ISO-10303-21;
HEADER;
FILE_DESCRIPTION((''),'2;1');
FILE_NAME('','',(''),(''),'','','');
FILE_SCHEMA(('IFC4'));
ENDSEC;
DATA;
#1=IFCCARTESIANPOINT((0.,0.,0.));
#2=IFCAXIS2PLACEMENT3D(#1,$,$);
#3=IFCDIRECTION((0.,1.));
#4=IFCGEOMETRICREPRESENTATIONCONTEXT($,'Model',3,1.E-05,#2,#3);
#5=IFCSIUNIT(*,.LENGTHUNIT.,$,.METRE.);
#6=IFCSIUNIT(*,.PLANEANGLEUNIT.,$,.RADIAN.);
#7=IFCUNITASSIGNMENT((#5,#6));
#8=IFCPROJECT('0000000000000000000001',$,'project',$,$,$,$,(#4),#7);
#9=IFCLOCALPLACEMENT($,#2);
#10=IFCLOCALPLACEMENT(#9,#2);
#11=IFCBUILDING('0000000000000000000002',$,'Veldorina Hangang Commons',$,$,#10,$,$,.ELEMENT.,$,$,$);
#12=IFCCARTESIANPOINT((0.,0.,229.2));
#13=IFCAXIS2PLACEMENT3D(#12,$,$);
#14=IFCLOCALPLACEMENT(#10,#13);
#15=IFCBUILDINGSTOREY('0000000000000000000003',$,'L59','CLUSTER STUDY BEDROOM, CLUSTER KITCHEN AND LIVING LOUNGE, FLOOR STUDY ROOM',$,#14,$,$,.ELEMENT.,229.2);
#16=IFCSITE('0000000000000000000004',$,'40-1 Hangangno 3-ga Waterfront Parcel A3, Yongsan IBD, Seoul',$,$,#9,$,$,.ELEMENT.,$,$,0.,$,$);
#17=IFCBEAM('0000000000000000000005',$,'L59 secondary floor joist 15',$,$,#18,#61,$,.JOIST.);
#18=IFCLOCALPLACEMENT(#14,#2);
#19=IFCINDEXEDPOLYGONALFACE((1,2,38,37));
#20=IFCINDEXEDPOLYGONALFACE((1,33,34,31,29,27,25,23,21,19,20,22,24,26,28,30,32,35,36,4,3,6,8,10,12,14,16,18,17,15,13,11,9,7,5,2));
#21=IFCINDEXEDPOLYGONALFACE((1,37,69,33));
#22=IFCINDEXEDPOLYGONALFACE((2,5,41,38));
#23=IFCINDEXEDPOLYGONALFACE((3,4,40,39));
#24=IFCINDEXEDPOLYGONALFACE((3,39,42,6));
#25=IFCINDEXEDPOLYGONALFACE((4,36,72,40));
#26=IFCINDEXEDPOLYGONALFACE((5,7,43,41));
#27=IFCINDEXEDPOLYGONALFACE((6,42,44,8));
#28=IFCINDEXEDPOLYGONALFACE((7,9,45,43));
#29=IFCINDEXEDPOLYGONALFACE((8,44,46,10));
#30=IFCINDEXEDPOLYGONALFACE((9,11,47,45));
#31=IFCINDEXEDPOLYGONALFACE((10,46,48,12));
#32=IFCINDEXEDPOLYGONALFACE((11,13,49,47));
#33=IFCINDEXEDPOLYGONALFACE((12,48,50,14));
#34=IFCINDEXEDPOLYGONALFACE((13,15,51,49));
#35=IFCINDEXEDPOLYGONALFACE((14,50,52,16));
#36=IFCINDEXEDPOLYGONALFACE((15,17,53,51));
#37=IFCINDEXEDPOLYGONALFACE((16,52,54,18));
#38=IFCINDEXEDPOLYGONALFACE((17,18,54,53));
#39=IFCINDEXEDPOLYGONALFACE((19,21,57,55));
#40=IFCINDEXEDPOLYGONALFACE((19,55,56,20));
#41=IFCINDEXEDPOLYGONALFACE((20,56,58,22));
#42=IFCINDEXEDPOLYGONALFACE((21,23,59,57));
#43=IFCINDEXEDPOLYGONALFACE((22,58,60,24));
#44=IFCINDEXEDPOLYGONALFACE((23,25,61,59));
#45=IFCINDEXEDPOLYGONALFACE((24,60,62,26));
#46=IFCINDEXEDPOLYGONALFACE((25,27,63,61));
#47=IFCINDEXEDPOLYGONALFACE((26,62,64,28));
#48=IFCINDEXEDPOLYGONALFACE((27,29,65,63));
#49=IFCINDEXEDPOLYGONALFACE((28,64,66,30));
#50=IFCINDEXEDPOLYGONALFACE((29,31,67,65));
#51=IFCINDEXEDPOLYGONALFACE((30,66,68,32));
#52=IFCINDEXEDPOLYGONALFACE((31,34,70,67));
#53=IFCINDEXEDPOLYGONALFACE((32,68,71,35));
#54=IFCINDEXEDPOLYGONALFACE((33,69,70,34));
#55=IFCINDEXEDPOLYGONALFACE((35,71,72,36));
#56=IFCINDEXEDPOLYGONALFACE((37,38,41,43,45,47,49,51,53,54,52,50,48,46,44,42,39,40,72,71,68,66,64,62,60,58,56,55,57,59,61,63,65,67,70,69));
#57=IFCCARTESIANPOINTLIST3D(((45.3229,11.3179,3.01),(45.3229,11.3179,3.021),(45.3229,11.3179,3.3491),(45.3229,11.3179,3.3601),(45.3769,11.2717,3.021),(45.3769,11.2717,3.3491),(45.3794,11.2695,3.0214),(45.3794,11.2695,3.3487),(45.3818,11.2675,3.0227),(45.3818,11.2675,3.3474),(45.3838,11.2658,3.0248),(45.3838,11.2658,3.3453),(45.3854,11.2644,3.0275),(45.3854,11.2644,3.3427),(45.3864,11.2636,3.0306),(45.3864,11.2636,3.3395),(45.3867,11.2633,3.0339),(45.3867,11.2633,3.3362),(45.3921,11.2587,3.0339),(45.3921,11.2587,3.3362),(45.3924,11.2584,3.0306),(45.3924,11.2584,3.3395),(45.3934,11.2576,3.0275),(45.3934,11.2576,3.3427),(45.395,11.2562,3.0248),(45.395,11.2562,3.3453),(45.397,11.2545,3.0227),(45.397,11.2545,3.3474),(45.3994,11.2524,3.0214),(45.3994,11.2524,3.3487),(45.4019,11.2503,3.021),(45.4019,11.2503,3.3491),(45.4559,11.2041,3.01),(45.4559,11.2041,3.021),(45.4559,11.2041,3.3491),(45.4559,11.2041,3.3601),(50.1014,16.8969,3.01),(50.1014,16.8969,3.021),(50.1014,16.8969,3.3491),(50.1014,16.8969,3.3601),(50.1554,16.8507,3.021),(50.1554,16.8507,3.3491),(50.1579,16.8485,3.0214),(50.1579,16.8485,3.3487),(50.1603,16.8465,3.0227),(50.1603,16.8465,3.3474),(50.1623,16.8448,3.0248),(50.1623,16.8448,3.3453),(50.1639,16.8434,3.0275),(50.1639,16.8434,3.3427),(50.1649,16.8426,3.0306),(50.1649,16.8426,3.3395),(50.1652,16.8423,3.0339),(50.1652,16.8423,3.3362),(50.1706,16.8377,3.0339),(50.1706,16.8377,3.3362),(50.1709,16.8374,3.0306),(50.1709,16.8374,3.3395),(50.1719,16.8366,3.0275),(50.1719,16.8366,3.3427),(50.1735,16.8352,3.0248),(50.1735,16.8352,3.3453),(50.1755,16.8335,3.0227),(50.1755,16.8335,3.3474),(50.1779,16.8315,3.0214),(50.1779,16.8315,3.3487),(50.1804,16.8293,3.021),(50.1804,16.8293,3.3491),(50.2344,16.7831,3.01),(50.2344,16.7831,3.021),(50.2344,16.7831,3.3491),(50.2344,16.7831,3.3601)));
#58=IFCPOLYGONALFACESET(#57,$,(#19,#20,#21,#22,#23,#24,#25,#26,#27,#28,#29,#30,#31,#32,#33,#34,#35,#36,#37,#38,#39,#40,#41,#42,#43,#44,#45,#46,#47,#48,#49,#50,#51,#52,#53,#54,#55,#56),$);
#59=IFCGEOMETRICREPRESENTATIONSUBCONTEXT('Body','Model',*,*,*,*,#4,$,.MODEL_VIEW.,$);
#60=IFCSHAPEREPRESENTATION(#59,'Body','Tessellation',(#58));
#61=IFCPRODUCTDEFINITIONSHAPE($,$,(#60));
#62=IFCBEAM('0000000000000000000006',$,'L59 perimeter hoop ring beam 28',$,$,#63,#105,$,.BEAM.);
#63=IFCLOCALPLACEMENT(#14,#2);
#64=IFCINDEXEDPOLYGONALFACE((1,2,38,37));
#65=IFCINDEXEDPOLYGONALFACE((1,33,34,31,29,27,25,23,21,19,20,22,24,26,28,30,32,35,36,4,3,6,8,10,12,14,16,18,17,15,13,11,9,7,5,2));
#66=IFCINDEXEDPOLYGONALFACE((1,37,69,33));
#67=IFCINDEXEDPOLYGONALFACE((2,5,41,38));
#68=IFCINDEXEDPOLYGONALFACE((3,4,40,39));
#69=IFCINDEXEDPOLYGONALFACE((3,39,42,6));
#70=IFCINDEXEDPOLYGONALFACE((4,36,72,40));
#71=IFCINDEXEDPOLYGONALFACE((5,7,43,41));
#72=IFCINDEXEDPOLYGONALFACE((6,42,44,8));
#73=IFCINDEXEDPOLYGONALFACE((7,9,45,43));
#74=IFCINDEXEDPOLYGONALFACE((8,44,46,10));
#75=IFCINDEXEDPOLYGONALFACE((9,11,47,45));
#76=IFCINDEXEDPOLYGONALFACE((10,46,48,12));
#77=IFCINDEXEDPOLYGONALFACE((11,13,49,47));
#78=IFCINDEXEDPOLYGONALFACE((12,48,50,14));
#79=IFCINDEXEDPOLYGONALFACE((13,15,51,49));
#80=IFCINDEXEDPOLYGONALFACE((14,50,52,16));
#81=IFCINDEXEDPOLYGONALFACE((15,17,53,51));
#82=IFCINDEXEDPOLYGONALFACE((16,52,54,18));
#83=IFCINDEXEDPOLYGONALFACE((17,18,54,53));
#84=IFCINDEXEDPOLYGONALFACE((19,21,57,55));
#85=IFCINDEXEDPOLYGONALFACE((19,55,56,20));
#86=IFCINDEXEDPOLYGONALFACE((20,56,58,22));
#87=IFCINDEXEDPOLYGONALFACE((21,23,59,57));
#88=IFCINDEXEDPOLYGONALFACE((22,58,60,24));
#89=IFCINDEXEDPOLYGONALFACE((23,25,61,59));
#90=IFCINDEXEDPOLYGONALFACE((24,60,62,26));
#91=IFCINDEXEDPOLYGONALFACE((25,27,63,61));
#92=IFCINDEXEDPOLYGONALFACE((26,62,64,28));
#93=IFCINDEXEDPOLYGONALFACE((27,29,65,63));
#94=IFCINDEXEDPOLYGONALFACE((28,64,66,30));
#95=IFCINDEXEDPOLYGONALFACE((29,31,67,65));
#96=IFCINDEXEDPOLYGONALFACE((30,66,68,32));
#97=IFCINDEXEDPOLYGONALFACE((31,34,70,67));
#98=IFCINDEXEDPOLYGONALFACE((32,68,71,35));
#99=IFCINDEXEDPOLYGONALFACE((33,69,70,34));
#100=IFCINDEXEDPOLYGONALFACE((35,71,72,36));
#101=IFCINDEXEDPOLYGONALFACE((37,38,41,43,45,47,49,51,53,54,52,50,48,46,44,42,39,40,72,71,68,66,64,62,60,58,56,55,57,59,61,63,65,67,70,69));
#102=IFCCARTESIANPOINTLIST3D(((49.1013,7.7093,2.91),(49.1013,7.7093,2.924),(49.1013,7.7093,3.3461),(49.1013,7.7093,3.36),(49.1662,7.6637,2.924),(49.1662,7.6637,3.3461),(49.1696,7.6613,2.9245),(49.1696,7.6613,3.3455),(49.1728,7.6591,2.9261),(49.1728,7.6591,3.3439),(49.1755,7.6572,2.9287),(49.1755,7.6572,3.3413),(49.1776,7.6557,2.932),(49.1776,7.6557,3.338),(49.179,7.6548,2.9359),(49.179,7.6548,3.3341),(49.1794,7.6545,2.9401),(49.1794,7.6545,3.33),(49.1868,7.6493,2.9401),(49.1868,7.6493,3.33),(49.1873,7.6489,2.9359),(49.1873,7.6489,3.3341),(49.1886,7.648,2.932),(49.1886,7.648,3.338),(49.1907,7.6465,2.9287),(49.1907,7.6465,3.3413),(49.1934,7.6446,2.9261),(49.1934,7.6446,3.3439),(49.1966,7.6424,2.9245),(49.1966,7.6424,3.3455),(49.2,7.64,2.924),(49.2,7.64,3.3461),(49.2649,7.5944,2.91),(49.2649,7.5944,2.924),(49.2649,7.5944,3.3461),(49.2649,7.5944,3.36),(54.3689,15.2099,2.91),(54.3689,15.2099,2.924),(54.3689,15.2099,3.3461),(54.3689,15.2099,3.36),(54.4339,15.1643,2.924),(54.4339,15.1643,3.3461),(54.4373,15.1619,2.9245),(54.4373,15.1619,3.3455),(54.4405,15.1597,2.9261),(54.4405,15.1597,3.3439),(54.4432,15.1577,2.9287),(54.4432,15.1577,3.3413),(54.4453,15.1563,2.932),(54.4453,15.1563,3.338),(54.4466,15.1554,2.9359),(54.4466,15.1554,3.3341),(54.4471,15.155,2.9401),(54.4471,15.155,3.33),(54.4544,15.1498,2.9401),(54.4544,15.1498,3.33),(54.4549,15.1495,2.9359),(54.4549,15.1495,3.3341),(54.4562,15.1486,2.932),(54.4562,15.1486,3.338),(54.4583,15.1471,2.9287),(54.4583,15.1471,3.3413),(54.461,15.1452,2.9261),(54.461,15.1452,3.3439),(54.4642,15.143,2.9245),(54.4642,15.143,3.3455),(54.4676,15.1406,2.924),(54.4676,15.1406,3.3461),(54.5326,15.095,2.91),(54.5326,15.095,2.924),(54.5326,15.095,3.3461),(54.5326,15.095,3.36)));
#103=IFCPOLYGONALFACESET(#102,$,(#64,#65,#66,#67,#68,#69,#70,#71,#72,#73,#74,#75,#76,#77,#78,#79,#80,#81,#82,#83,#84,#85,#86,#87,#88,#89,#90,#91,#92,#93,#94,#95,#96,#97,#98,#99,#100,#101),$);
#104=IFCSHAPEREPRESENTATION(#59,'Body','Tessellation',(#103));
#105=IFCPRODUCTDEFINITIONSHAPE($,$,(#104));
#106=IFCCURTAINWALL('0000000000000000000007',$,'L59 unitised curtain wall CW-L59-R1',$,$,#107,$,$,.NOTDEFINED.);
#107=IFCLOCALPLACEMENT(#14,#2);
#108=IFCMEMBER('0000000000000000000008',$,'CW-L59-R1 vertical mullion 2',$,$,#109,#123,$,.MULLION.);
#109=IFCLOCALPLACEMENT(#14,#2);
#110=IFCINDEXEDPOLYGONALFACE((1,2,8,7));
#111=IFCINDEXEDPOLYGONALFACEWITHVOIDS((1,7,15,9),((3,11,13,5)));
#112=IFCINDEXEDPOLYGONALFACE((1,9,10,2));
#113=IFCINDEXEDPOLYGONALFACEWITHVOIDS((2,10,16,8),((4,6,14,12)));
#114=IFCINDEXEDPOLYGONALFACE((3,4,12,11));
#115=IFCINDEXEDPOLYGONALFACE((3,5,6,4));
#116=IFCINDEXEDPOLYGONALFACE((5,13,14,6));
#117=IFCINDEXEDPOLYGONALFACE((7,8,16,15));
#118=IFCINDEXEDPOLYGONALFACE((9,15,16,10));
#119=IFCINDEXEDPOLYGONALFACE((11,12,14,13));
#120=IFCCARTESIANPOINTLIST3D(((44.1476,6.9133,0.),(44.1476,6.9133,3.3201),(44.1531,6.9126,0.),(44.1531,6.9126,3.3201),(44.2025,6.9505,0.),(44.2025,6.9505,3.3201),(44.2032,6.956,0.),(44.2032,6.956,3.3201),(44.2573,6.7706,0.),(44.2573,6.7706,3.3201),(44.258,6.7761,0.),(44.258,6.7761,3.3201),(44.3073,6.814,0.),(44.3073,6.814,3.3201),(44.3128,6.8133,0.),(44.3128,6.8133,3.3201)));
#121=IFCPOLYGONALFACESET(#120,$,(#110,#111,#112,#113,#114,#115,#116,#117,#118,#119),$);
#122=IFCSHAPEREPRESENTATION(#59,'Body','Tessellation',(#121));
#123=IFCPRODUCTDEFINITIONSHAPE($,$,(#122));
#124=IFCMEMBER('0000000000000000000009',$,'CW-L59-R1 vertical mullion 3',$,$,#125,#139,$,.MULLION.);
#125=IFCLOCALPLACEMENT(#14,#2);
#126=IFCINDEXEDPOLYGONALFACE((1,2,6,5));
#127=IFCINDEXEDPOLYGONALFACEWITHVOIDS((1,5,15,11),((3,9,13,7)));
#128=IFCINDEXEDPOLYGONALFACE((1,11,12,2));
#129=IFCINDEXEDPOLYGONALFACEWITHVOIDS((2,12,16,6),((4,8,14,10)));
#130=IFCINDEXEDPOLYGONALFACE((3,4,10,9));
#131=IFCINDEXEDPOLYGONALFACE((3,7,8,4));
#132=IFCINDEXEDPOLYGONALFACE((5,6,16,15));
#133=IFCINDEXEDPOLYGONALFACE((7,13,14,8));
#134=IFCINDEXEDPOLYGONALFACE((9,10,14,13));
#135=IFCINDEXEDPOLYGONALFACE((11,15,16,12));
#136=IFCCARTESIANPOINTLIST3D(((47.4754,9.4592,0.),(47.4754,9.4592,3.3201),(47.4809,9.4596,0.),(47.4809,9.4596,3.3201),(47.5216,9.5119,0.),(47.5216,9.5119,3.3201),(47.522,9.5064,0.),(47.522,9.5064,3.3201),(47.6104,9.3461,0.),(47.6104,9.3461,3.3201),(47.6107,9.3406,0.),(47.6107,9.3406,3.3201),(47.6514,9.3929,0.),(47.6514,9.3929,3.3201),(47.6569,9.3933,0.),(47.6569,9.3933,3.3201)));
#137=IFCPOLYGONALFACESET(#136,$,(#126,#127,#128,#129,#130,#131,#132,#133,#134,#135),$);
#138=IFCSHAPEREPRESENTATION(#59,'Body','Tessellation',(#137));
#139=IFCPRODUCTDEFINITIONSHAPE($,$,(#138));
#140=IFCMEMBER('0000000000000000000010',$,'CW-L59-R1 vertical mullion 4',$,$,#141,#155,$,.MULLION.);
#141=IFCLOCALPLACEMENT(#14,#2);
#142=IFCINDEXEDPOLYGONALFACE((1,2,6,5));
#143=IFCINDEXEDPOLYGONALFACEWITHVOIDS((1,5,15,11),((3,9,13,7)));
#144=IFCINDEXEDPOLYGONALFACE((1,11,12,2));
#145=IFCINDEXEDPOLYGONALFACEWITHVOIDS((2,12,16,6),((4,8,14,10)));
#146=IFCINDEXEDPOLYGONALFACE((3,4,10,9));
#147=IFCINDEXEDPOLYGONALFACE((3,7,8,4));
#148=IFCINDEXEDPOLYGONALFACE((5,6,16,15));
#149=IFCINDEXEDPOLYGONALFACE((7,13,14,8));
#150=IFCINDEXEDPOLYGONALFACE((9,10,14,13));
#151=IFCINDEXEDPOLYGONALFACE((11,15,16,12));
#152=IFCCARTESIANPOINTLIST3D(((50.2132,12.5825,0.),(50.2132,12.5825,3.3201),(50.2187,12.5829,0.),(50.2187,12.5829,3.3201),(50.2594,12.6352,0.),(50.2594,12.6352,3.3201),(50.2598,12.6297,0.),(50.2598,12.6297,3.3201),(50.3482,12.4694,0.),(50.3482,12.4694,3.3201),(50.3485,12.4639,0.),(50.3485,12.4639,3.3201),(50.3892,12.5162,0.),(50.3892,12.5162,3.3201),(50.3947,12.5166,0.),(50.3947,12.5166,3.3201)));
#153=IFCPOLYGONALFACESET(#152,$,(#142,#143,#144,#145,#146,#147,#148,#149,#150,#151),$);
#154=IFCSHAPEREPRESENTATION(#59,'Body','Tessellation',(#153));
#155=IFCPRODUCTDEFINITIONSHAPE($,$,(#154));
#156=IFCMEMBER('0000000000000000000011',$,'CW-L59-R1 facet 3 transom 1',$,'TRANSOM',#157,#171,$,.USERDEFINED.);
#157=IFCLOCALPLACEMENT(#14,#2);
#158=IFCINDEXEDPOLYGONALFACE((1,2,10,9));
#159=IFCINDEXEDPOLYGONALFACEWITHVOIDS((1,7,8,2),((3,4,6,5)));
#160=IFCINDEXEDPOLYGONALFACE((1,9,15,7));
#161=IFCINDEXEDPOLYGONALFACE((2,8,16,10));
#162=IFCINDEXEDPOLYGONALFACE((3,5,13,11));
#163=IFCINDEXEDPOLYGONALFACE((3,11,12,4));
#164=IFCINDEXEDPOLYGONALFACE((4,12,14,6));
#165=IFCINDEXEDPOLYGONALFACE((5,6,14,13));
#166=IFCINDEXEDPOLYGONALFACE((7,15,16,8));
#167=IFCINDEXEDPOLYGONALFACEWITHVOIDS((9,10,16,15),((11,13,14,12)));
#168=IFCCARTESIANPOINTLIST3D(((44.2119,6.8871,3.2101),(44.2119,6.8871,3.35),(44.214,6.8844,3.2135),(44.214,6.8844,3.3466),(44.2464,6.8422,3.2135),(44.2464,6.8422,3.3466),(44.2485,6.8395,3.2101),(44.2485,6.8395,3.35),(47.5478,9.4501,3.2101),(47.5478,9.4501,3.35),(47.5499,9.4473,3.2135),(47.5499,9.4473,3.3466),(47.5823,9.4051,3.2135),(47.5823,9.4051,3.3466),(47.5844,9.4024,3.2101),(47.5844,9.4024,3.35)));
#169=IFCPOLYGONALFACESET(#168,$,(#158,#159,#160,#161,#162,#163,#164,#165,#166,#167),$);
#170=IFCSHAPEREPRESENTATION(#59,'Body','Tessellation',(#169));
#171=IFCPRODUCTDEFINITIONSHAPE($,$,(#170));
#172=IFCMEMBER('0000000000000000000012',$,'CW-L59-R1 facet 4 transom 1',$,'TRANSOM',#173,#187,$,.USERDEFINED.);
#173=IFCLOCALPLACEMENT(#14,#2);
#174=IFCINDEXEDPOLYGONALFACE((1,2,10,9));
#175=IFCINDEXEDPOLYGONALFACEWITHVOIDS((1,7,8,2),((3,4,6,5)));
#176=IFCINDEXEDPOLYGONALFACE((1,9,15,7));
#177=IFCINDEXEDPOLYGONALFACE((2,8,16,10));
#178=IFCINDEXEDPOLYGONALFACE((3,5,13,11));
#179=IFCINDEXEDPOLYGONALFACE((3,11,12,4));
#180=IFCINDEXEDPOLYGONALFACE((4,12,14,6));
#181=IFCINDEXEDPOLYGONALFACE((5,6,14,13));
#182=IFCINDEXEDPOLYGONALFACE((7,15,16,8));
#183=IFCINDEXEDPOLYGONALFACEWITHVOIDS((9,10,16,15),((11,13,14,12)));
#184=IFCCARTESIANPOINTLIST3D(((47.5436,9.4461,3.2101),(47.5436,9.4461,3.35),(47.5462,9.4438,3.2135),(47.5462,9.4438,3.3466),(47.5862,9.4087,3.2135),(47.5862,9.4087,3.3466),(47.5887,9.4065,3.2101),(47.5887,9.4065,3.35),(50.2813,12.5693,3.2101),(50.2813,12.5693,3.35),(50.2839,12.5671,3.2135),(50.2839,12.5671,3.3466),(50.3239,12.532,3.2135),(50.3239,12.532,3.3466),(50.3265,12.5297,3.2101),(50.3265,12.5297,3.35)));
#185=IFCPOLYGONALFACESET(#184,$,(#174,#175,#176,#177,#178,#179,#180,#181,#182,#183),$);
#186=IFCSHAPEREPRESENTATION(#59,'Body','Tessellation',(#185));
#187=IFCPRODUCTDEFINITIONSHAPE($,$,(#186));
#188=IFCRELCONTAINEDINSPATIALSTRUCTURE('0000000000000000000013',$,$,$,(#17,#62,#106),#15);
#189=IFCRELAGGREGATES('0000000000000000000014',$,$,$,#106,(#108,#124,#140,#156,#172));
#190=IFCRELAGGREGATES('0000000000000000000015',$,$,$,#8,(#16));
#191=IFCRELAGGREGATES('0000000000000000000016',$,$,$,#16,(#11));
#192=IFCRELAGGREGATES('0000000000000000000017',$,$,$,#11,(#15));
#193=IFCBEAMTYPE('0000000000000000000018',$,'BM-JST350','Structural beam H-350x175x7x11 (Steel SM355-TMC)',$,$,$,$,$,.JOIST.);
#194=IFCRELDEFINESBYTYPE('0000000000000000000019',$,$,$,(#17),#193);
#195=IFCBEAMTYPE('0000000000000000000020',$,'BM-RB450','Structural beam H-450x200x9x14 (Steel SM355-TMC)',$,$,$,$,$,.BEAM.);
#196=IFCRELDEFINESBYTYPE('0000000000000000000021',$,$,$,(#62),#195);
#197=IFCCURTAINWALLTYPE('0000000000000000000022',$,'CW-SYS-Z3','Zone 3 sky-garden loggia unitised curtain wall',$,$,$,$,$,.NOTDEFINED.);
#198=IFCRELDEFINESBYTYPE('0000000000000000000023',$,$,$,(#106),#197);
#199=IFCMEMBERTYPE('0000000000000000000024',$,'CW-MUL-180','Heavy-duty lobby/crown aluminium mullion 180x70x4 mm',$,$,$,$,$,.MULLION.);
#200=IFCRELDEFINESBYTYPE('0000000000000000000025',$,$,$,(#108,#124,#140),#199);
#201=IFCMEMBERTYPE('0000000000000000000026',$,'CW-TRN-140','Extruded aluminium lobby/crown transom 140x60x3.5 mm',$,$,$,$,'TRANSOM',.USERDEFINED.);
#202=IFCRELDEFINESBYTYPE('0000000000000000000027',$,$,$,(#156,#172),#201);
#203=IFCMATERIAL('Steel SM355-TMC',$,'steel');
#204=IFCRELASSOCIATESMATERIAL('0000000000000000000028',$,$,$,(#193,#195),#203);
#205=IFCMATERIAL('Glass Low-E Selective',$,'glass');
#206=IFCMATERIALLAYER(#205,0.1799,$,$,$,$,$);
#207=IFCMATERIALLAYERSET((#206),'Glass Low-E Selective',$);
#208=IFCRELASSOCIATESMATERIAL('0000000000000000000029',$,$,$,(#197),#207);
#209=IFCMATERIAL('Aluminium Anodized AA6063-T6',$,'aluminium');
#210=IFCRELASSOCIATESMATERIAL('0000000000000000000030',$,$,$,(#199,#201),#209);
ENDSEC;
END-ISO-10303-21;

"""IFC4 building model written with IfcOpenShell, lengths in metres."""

from ifc_helpers import new_model, si_unit, direction, frame, origin, origin_2d, place, context, subcontext, project, spatial, hollow_rectangle, i_section, extrude, material, layer, layer_set, material_profile, profile_set, type_object, element, aggregate, save


model = new_model("IFC4")

# Units and contexts
model_context = context("Model", 3, precision=1e-05, world=origin(), true_north=direction((0.0, 1.0)))
body_context = subcontext(model_context, "Body", "Model", "MODEL_VIEW")
ifc_project = project(units=[si_unit("LENGTHUNIT", "METRE"), si_unit("PLANEANGLEUNIT", "RADIAN")], contexts=[model_context])

# Site, building, storey
site_placement = place(None, origin())
site = spatial("IfcSite", under=ifc_project, at=site_placement, Name="40-1 Hangangno 3-ga Waterfront Parcel A3, Yongsan IBD, Seoul", CompositionType="ELEMENT", RefElevation=0.0)
building_placement = place(site_placement, origin())
building = spatial("IfcBuilding", under=site, at=building_placement, Name="Veldorina Hangang Commons", CompositionType="ELEMENT")
storey_placement = place(building_placement, frame((0.0, 0.0, 229.2)))
storey = spatial("IfcBuildingStorey", under=building, at=storey_placement, Name="L59", Description="CLUSTER STUDY BEDROOM, CLUSTER KITCHEN AND LIVING LOUNGE, FLOOR STUDY ROOM", CompositionType="ELEMENT", Elevation=229.2)

# Beams
ifc_material_1 = material(Name="Steel SM355-TMC", Category="steel")
ifc_material_profile_1 = material_profile(ifc_material_1, i_section(OverallWidth=0.175, OverallDepth=0.3501, WebThickness=0.0071, FlangeThickness=0.011, FilletRadius=0.0129, at=origin_2d()), Name="H-350x175x7x11")
ifc_profile_set_1 = profile_set([ifc_material_profile_1], Name="Steel SM355-TMC")
beam_type_1 = type_object("IfcBeamType", Name="BM-JST350", Description="Structural beam H-350x175x7x11 (Steel SM355-TMC)", PredefinedType="JOIST", material=ifc_profile_set_1)
beam_1_placement = place(storey_placement, frame((45.3894, 11.261, 3.1851), z_axis=(0.650515, 0.759494, 0.0), x_axis=(-0.759494, 0.650515, 0.0)))
element("IfcBeam", 1, at=beam_1_placement, inside=storey, type_object=beam_type_1, Name="L59 secondary floor joist 15", PredefinedType="JOIST", context=body_context, shape_type="SweptSolid", body=[
    extrude(i_section(OverallWidth=0.175, OverallDepth=0.3501, WebThickness=0.0071, FlangeThickness=0.011, FilletRadius=0.0129, at=origin_2d()), origin(), (0.0, 0.0, 1.0), 7.3457),
])
ifc_material_profile_2 = material_profile(ifc_material_1, i_section(OverallWidth=0.2, OverallDepth=0.45, WebThickness=0.009, FlangeThickness=0.0139, FilletRadius=0.0161, at=origin_2d()), Name="H-450x200x9x14")
ifc_profile_set_2 = profile_set([ifc_material_profile_2], Name="Steel SM355-TMC")
beam_type_2 = type_object("IfcBeamType", Name="BM-RB450", Description="Structural beam H-450x200x9x14 (Steel SM355-TMC)", PredefinedType="BEAM", material=ifc_profile_set_2)
beam_2_placement = place(storey_placement, frame((49.1831, 7.6519, 3.135), z_axis=(0.574724, 0.818347, 0.0), x_axis=(-0.818347, 0.574724, 0.0)))
element("IfcBeam", 2, at=beam_2_placement, inside=storey, type_object=beam_type_2, Name="L59 perimeter hoop ring beam 28", PredefinedType="BEAM", context=body_context, shape_type="SweptSolid", body=[
    extrude(i_section(OverallWidth=0.2, OverallDepth=0.45, WebThickness=0.009, FlangeThickness=0.0139, FilletRadius=0.0161, at=origin_2d()), origin(), (0.0, 0.0, 1.0), 9.1655),
])

# Curtain wall, members
ifc_material_2 = material(Name="Glass Low-E Selective", Category="glass")
ifc_layer_1 = layer(ifc_material_2, 0.1799)
ifc_layer_set_1 = layer_set([ifc_layer_1], Name="Glass Low-E Selective")
curtain_wall_type = type_object("IfcCurtainWallType", Name="CW-SYS-Z3", Description="Zone 3 sky-garden loggia unitised curtain wall", PredefinedType="NOTDEFINED", material=ifc_layer_set_1)
curtain_wall_placement = place(storey_placement, origin())
curtain_wall = element("IfcCurtainWall", 3, at=curtain_wall_placement, inside=storey, type_object=curtain_wall_type, Name="L59 unitised curtain wall CW-L59-R1", PredefinedType="NOTDEFINED")
ifc_material_3 = material(Name="Aluminium Anodized AA6063-T6", Category="aluminium")
ifc_material_profile_3 = material_profile(ifc_material_3, hollow_rectangle(XDim=0.0701, YDim=0.1799, WallThickness=0.0039, at=origin_2d()), Name="ALU-RHS-180x70x4")
ifc_profile_set_3 = profile_set([ifc_material_profile_3], Name="Aluminium Anodized AA6063-T6")
member_type_1 = type_object("IfcMemberType", Name="CW-MUL-180", Description="Heavy-duty lobby/crown aluminium mullion 180x70x4 mm", PredefinedType="MULLION", material=ifc_profile_set_3)
member_1_placement = place(storey_placement, frame((44.2302, 6.8633, 0.0), z_axis=(0.0, 0.0, 1.0), x_axis=(0.792971, 0.60926, 0.0)))
member_1 = element("IfcMember", 4, at=member_1_placement, type_object=member_type_1, Name="CW-L59-R1 vertical mullion 2", PredefinedType="MULLION", context=body_context, shape_type="SweptSolid", body=[
    extrude(hollow_rectangle(XDim=0.0701, YDim=0.1799, WallThickness=0.0039, at=origin_2d()), origin(), (0.0, 0.0, 1.0), 3.3201),
])
member_2_placement = place(storey_placement, frame((47.5662, 9.4263, 0.0), z_axis=(0.0, 0.0, 1.0), x_axis=(0.659188, 0.751978, 0.0)))
member_2 = element("IfcMember", 5, at=member_2_placement, type_object=member_type_1, Name="CW-L59-R1 vertical mullion 3", PredefinedType="MULLION", context=body_context, shape_type="SweptSolid", body=[
    extrude(hollow_rectangle(XDim=0.0701, YDim=0.1799, WallThickness=0.0039, at=origin_2d()), origin(), (0.0, 0.0, 1.0), 3.3201),
])
member_3_placement = place(storey_placement, frame((50.304, 12.5496, 0.0), z_axis=(0.0, 0.0, 1.0), x_axis=(-0.659188, -0.751978, 0.0)))
member_3 = element("IfcMember", 6, at=member_3_placement, type_object=member_type_1, Name="CW-L59-R1 vertical mullion 4", PredefinedType="MULLION", context=body_context, shape_type="SweptSolid", body=[
    extrude(hollow_rectangle(XDim=0.0701, YDim=0.1799, WallThickness=0.0039, at=origin_2d()), origin(), (0.0, 0.0, 1.0), 3.3201),
])
ifc_material_profile_4 = material_profile(ifc_material_3, hollow_rectangle(XDim=0.0601, YDim=0.1399, WallThickness=0.0034, at=origin_2d()), Name="ALU-RHS-140x60x3.5")
ifc_profile_set_4 = profile_set([ifc_material_profile_4], Name="Aluminium Anodized AA6063-T6")
member_type_2 = type_object("IfcMemberType", Name="CW-TRN-140", Description="Extruded aluminium lobby/crown transom 140x60x3.5 mm", ElementType="TRANSOM", PredefinedType="USERDEFINED", material=ifc_profile_set_4)
member_4_placement = place(storey_placement, frame((44.2302, 6.8633, 3.28), z_axis=(0.792982, 0.609245, 0.0), x_axis=(-0.609245, 0.792982, 0.0)))
member_4 = element("IfcMember", 7, at=member_4_placement, type_object=member_type_2, Name="CW-L59-R1 facet 3 transom 1", ObjectType="TRANSOM", PredefinedType="USERDEFINED", context=body_context, shape_type="SweptSolid", body=[
    extrude(hollow_rectangle(XDim=0.0601, YDim=0.1399, WallThickness=0.0034, at=origin_2d()), origin(), (0.0, 0.0, 1.0), 4.2068),
])
member_5_placement = place(storey_placement, frame((47.5662, 9.4263, 3.28), z_axis=(0.659174, 0.75199, 0.0), x_axis=(-0.75199, 0.659174, 0.0)))
member_5 = element("IfcMember", 8, at=member_5_placement, type_object=member_type_2, Name="CW-L59-R1 facet 4 transom 1", ObjectType="TRANSOM", PredefinedType="USERDEFINED", context=body_context, shape_type="SweptSolid", body=[
    extrude(hollow_rectangle(XDim=0.0601, YDim=0.1399, WallThickness=0.0034, at=origin_2d()), origin(), (0.0, 0.0, 1.0), 4.1533),
])

aggregate(curtain_wall, [member_1, member_2, member_3, member_4, member_5])

save(model, "model.ifc")
